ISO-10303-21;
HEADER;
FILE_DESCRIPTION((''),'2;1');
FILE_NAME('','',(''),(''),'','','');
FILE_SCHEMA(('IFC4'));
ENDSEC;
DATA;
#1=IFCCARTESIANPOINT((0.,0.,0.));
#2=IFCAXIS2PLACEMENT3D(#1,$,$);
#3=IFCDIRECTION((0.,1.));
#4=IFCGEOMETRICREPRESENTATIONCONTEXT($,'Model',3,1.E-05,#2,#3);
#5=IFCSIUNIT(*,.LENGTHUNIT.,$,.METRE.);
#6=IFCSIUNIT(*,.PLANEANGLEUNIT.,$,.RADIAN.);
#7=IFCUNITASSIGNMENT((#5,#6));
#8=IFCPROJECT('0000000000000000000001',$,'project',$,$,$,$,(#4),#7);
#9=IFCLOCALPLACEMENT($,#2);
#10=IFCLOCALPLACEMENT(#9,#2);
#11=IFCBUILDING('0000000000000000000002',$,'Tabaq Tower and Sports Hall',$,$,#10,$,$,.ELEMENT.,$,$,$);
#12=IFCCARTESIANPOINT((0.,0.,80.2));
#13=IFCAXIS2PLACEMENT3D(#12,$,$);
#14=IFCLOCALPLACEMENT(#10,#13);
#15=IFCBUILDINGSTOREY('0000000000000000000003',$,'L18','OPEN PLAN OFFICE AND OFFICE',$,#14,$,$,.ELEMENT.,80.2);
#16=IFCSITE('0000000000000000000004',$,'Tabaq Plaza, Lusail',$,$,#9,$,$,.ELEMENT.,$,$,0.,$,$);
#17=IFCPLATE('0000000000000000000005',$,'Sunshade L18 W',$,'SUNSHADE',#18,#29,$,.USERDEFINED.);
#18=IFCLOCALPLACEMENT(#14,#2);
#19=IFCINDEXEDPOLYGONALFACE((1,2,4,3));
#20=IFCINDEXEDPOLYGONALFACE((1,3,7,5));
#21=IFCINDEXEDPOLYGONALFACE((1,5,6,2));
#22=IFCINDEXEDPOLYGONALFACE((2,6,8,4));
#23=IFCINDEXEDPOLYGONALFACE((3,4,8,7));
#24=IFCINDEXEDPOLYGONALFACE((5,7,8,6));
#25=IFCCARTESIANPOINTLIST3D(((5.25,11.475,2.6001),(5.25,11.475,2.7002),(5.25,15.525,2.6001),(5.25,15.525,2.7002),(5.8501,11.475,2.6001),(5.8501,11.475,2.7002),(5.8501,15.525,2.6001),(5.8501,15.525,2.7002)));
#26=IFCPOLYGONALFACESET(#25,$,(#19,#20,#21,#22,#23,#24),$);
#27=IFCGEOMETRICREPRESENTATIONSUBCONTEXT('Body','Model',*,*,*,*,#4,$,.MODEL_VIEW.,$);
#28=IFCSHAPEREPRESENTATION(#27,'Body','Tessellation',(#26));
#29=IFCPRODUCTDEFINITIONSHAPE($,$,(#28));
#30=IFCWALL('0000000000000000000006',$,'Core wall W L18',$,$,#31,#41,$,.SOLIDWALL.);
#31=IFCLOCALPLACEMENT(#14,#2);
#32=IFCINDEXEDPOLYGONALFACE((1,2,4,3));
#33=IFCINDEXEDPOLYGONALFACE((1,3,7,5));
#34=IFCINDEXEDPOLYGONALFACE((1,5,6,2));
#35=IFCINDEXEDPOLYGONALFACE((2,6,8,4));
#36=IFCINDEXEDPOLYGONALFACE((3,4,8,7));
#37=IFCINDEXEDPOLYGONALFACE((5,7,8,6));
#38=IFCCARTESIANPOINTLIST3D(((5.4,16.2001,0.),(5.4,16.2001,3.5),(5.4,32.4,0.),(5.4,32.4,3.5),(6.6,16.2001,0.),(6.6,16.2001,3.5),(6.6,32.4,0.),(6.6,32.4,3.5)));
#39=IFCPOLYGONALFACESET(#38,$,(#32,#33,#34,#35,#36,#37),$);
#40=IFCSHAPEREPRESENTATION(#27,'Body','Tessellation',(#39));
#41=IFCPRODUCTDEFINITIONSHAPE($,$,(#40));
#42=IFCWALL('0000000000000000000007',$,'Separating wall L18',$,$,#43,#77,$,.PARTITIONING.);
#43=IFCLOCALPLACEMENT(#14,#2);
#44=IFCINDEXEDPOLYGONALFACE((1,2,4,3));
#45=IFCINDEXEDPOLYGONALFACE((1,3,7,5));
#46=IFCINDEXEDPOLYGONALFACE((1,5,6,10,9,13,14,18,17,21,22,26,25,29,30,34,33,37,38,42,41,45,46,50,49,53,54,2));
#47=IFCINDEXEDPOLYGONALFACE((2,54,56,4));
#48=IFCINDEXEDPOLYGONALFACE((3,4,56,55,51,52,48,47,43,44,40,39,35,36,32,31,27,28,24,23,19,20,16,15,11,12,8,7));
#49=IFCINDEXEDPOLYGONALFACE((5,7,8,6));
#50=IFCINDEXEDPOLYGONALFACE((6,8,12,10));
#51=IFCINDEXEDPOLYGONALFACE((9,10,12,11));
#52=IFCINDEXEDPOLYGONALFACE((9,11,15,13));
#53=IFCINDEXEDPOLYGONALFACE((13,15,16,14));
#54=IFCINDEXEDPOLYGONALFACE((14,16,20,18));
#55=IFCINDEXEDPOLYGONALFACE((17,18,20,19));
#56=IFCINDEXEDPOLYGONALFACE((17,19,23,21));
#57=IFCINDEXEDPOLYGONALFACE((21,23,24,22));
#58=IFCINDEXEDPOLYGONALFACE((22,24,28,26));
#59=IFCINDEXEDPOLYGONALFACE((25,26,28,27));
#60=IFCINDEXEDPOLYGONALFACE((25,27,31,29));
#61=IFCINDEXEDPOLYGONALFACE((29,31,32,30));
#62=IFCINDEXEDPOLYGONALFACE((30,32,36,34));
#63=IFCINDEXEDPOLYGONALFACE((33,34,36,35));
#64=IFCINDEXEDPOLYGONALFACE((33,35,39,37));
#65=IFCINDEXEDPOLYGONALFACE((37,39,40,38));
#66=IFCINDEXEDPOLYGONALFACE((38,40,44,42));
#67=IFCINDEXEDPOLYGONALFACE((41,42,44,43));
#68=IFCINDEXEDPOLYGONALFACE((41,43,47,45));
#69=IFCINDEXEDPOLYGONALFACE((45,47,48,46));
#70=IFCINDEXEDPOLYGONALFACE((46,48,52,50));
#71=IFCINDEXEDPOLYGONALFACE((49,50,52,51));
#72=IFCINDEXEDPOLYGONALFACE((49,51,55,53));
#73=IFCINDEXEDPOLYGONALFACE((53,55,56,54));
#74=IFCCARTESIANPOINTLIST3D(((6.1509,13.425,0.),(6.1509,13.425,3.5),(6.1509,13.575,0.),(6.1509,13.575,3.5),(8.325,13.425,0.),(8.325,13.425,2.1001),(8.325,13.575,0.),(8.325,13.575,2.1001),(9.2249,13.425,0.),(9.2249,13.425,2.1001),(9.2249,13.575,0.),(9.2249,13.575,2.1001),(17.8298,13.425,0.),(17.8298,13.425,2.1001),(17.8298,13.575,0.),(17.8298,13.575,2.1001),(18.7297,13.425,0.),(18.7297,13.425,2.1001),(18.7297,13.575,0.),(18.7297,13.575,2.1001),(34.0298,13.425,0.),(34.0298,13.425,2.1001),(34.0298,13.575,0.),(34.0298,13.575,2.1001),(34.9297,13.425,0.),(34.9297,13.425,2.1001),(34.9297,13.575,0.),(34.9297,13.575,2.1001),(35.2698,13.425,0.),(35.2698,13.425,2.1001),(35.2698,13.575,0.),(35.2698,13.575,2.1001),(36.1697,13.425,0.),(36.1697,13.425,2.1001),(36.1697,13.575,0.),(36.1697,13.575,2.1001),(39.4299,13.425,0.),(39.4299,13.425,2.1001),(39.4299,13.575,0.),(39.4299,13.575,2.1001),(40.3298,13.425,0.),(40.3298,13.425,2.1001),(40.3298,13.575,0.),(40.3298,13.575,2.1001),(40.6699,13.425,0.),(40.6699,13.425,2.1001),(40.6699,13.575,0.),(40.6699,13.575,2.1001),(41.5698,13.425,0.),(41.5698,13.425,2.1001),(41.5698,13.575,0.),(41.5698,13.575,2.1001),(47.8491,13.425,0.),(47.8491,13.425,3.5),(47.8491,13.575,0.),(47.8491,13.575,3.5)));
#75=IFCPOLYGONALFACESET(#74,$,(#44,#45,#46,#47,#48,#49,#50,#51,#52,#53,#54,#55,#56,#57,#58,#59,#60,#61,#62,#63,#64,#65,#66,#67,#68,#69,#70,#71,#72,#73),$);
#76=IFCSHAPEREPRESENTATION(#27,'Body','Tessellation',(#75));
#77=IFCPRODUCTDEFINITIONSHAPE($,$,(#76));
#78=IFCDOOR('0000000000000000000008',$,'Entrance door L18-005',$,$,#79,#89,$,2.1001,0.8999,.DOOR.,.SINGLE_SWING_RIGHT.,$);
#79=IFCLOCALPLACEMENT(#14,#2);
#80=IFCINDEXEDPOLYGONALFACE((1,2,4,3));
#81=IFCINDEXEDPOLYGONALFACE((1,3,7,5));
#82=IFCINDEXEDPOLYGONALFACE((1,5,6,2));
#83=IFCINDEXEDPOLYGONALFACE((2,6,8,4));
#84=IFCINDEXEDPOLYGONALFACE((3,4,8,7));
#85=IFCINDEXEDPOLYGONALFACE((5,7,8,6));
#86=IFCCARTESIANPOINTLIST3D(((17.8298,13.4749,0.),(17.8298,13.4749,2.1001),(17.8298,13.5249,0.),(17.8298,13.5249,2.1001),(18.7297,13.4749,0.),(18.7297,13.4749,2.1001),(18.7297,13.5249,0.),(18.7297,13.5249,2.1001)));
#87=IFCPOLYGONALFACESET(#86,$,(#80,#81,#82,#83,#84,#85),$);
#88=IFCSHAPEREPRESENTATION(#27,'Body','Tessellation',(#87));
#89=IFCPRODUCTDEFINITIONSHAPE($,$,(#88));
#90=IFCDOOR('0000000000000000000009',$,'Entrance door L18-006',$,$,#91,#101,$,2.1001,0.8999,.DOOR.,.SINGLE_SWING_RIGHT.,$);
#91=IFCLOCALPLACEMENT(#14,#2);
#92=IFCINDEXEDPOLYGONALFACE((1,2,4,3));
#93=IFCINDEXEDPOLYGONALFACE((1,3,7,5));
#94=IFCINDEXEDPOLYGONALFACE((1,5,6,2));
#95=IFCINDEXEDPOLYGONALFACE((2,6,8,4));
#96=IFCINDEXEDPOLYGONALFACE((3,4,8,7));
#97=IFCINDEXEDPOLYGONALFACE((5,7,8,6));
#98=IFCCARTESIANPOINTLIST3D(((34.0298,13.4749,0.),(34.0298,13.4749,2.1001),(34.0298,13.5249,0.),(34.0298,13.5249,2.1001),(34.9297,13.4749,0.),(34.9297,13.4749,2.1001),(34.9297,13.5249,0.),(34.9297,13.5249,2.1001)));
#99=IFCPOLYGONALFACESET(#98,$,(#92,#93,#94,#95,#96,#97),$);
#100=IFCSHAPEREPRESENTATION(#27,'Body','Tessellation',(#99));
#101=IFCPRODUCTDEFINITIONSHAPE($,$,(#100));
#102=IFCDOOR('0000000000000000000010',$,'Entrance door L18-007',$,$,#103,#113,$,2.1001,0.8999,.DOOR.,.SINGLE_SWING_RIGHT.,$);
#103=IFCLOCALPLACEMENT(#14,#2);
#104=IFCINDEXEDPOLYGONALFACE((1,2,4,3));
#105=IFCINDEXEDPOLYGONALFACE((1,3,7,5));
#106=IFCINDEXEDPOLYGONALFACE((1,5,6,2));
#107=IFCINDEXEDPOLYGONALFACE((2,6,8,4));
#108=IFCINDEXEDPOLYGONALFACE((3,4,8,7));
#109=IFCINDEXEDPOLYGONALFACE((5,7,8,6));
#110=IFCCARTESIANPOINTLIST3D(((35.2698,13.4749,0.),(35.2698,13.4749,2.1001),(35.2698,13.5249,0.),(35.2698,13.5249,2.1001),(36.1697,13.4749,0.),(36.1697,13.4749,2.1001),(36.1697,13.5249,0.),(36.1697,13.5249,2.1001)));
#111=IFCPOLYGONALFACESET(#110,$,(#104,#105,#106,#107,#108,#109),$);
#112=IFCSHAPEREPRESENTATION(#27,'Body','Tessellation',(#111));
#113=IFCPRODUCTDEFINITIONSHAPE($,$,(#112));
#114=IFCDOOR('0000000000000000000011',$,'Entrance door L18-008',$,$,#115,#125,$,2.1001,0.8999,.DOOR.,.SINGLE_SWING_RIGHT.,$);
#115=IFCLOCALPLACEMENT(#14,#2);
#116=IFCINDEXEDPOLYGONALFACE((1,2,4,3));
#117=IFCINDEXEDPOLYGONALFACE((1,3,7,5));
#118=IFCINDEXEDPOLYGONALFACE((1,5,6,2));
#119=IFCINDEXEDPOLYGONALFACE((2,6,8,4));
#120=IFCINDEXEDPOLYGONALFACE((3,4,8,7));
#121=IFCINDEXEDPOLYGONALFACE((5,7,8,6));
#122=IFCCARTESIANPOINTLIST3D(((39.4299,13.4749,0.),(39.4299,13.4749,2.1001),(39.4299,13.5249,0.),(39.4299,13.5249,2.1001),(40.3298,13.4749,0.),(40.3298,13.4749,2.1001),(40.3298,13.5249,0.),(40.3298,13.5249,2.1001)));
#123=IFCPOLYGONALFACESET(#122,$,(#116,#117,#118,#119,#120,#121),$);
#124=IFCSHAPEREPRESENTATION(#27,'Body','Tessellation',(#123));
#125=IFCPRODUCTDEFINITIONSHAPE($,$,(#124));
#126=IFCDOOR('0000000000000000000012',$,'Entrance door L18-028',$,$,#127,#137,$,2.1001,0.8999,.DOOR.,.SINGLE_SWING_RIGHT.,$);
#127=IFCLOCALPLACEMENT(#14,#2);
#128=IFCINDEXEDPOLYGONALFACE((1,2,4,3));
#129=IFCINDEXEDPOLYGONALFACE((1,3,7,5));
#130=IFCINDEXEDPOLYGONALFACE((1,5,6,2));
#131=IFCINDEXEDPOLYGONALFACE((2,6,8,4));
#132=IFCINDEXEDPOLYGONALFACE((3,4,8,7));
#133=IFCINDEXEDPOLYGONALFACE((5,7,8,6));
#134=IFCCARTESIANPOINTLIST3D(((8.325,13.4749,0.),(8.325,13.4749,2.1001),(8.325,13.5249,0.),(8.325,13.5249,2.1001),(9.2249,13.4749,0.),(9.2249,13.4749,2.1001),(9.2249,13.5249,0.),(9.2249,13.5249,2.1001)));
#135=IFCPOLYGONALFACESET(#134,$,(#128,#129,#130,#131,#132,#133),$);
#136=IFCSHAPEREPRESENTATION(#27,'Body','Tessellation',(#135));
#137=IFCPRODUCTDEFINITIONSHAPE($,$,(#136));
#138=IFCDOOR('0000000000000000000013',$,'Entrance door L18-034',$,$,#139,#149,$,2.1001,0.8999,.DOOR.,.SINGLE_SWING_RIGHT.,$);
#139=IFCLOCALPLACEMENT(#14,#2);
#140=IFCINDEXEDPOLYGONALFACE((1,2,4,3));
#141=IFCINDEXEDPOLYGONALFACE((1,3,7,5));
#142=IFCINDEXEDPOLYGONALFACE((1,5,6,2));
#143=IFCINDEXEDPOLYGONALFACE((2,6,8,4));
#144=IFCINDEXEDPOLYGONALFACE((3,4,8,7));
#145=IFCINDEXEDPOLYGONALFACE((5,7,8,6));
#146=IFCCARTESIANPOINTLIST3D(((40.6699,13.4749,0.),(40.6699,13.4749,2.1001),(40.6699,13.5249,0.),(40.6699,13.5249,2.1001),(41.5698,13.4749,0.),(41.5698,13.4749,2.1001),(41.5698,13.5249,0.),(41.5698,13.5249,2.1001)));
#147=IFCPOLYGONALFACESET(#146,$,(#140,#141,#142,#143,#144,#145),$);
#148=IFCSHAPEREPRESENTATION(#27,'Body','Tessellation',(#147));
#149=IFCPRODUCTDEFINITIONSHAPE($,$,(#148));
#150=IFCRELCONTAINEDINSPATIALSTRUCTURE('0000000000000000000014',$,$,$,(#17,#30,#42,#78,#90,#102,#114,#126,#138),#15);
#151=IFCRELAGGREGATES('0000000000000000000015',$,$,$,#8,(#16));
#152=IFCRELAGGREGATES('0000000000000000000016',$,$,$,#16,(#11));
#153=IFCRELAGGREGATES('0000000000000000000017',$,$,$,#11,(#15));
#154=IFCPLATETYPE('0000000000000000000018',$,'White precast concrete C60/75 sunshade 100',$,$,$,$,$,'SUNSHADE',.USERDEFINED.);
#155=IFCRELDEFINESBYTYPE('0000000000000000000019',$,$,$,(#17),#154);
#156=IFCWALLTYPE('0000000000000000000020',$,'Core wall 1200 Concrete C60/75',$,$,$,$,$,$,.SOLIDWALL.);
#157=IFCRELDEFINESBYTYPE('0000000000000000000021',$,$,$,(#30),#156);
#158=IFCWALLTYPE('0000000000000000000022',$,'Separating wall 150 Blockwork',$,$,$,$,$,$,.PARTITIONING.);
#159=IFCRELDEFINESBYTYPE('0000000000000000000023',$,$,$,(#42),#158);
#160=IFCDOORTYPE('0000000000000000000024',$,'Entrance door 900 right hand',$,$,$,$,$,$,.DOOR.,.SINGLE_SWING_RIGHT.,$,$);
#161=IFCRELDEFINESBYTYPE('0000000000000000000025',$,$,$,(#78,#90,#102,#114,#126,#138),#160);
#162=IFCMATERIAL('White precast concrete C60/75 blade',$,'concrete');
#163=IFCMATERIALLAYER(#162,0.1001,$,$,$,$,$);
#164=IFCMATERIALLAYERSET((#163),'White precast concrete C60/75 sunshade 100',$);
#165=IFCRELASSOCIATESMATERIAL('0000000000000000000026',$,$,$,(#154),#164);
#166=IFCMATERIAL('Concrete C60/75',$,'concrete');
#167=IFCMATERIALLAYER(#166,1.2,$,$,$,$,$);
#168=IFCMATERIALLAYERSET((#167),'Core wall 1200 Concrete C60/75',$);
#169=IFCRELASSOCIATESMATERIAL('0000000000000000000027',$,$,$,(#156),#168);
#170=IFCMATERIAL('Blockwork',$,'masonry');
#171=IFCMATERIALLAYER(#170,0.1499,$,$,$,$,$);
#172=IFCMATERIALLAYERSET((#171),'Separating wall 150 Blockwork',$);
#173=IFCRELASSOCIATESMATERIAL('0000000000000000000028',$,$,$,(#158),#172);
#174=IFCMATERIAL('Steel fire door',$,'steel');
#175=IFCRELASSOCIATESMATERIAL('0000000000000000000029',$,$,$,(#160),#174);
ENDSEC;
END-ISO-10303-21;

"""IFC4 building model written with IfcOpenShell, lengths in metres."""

from ifc_helpers import new_model, si_unit, direction, frame, frame_2d, origin, origin_2d, place, context, subcontext, project, spatial, rectangle, extrude, material, layer, layer_set, type_object, element, fill, save


model = new_model("IFC4")

# Units and contexts
model_context = context("Model", 3, precision=1e-05, world=origin(), true_north=direction((0.0, 1.0)))
body_context = subcontext(model_context, "Body", "Model", "MODEL_VIEW")
ifc_project = project(units=[si_unit("LENGTHUNIT", "METRE"), si_unit("PLANEANGLEUNIT", "RADIAN")], contexts=[model_context])

# Site, building, storey
site_placement = place(None, origin())
site = spatial("IfcSite", under=ifc_project, at=site_placement, Name="Tabaq Plaza, Lusail", CompositionType="ELEMENT", RefElevation=0.0)
building_placement = place(site_placement, origin())
building = spatial("IfcBuilding", under=site, at=building_placement, Name="Tabaq Tower and Sports Hall", CompositionType="ELEMENT")
storey_placement = place(building_placement, frame((0.0, 0.0, 80.2)))
storey = spatial("IfcBuildingStorey", under=building, at=storey_placement, Name="L18", Description="OPEN PLAN OFFICE AND OFFICE", CompositionType="ELEMENT", Elevation=80.2)

# Plate
ifc_material_1 = material(Name="White precast concrete C60/75 blade", Category="concrete")
ifc_layer_1 = layer(ifc_material_1, 0.1001)
ifc_layer_set_1 = layer_set([ifc_layer_1], Name="White precast concrete C60/75 sunshade 100")
plate_type = type_object("IfcPlateType", Name="White precast concrete C60/75 sunshade 100", ElementType="SUNSHADE", PredefinedType="USERDEFINED", material=ifc_layer_set_1)
plate_placement = place(storey_placement, frame((5.55, 13.5, 2.6001), z_axis=(0.0, 0.0, 1.0), x_axis=(0.0, -1.0, 0.0)))
element("IfcPlate", 1, at=plate_placement, inside=storey, type_object=plate_type, Name="Sunshade L18 W", ObjectType="SUNSHADE", PredefinedType="USERDEFINED", context=body_context, shape_type="SweptSolid", body=[
    extrude(rectangle(XDim=4.05, YDim=0.6001, at=origin_2d()), origin(), (0.0, 0.0, 1.0), 0.1001),
])

# Wall
ifc_material_2 = material(Name="Concrete C60/75", Category="concrete")
ifc_layer_2 = layer(ifc_material_2, 1.2)
ifc_layer_set_2 = layer_set([ifc_layer_2], Name="Core wall 1200 Concrete C60/75")
wall_type_1 = type_object("IfcWallType", Name="Core wall 1200 Concrete C60/75", PredefinedType="SOLIDWALL", material=ifc_layer_set_2)
wall_1_placement = place(storey_placement, frame((6.0, 16.2, 0.0), z_axis=(0.0, 0.0, 1.0), x_axis=(0.0, 1.0, 0.0)))
element("IfcWall", 2, at=wall_1_placement, inside=storey, type_object=wall_type_1, Name="Core wall W L18", PredefinedType="SOLIDWALL", context=body_context, shape_type="SweptSolid", body=[
    extrude(rectangle(XDim=16.2, YDim=1.2, at=frame_2d((8.1001, 0.0))), origin(), (0.0, 0.0, 1.0), 3.5),
])

# Wall, openings, doors
ifc_material_3 = material(Name="Blockwork", Category="masonry")
ifc_layer_3 = layer(ifc_material_3, 0.1499)
ifc_layer_set_3 = layer_set([ifc_layer_3], Name="Separating wall 150 Blockwork")
wall_type_2 = type_object("IfcWallType", Name="Separating wall 150 Blockwork", PredefinedType="PARTITIONING", material=ifc_layer_set_3)
wall_2_placement = place(storey_placement, frame((6.1509, 13.5, 0.0), z_axis=(0.0, 0.0, 1.0), x_axis=(1.0, 0.0, 0.0)))
wall_2 = element("IfcWall", 3, at=wall_2_placement, inside=storey, type_object=wall_type_2, Name="Separating wall L18", PredefinedType="PARTITIONING", context=body_context, shape_type="SweptSolid", body=[
    extrude(rectangle(XDim=41.6982, YDim=0.1499, at=frame_2d((20.8491, 0.0))), origin(), (0.0, 0.0, 1.0), 3.5),
])
opening_1_placement = place(wall_2_placement, frame((11.679, 0.0, 0.0)))
opening_1 = element("IfcOpeningElement", 4, at=opening_1_placement, cuts=wall_2, PredefinedType="OPENING", context=body_context, shape_type="SweptSolid", body=[
    extrude(rectangle(XDim=0.8999, YDim=2.1001, at=frame_2d((0.45, 1.05))), frame((0.0, 0.075, 0.0), z_axis=(0.0, -1.0, 0.0), x_axis=(1.0, 0.0, 0.0)), (0.0, 0.0, 1.0), 0.1499),
])
opening_2_placement = place(wall_2_placement, frame((27.8789, 0.0, 0.0)))
opening_2 = element("IfcOpeningElement", 5, at=opening_2_placement, cuts=wall_2, PredefinedType="OPENING", context=body_context, shape_type="SweptSolid", body=[
    extrude(rectangle(XDim=0.8999, YDim=2.1001, at=frame_2d((0.45, 1.05))), frame((0.0, 0.075, 0.0), z_axis=(0.0, -1.0, 0.0), x_axis=(1.0, 0.0, 0.0)), (0.0, 0.0, 1.0), 0.1499),
])
opening_3_placement = place(wall_2_placement, frame((29.1189, 0.0, 0.0)))
opening_3 = element("IfcOpeningElement", 6, at=opening_3_placement, cuts=wall_2, PredefinedType="OPENING", context=body_context, shape_type="SweptSolid", body=[
    extrude(rectangle(XDim=0.8999, YDim=2.1001, at=frame_2d((0.45, 1.05))), frame((0.0, 0.075, 0.0), z_axis=(0.0, -1.0, 0.0), x_axis=(1.0, 0.0, 0.0)), (0.0, 0.0, 1.0), 0.1499),
])
opening_4_placement = place(wall_2_placement, frame((33.2791, 0.0, 0.0)))
opening_4 = element("IfcOpeningElement", 7, at=opening_4_placement, cuts=wall_2, PredefinedType="OPENING", context=body_context, shape_type="SweptSolid", body=[
    extrude(rectangle(XDim=0.8999, YDim=2.1001, at=frame_2d((0.45, 1.05))), frame((0.0, 0.075, 0.0), z_axis=(0.0, -1.0, 0.0), x_axis=(1.0, 0.0, 0.0)), (0.0, 0.0, 1.0), 0.1499),
])
opening_5_placement = place(wall_2_placement, frame((2.1741, 0.0, 0.0)))
opening_5 = element("IfcOpeningElement", 8, at=opening_5_placement, cuts=wall_2, PredefinedType="OPENING", context=body_context, shape_type="SweptSolid", body=[
    extrude(rectangle(XDim=0.8999, YDim=2.1001, at=frame_2d((0.45, 1.05))), frame((0.0, 0.075, 0.0), z_axis=(0.0, -1.0, 0.0), x_axis=(1.0, 0.0, 0.0)), (0.0, 0.0, 1.0), 0.1499),
])
opening_6_placement = place(wall_2_placement, frame((34.519, 0.0, 0.0)))
opening_6 = element("IfcOpeningElement", 9, at=opening_6_placement, cuts=wall_2, PredefinedType="OPENING", context=body_context, shape_type="SweptSolid", body=[
    extrude(rectangle(XDim=0.8999, YDim=2.1001, at=frame_2d((0.45, 1.05))), frame((0.0, 0.075, 0.0), z_axis=(0.0, -1.0, 0.0), x_axis=(1.0, 0.0, 0.0)), (0.0, 0.0, 1.0), 0.1499),
])
ifc_material_4 = material(Name="Steel fire door", Category="steel")
door_type_1 = type_object("IfcDoorType", Name="Entrance door 900 right hand", OperationType="SINGLE_SWING_RIGHT", PredefinedType="DOOR", material=ifc_material_4)
door_1_placement = place(opening_1_placement, origin())
door_1 = element("IfcDoor", 10, at=door_1_placement, inside=storey, type_object=door_type_1, Name="Entrance door L18-005", OperationType="SINGLE_SWING_RIGHT", OverallHeight=2.1001, OverallWidth=0.8999, PredefinedType="DOOR", context=body_context, shape_type="SweptSolid", body=[
    extrude(rectangle(XDim=0.8999, YDim=2.1001, at=frame_2d((0.45, 1.05))), frame((0.0, 0.0249, 0.0), z_axis=(0.0, -1.0, 0.0), x_axis=(1.0, 0.0, 0.0)), (0.0, 0.0, 1.0), 0.05),
])
fill(opening_1, door_1)
door_2_placement = place(opening_2_placement, origin())
door_2 = element("IfcDoor", 11, at=door_2_placement, inside=storey, type_object=door_type_1, Name="Entrance door L18-006", OperationType="SINGLE_SWING_RIGHT", OverallHeight=2.1001, OverallWidth=0.8999, PredefinedType="DOOR", context=body_context, shape_type="SweptSolid", body=[
    extrude(rectangle(XDim=0.8999, YDim=2.1001, at=frame_2d((0.45, 1.05))), frame((0.0, 0.0249, 0.0), z_axis=(0.0, -1.0, 0.0), x_axis=(1.0, 0.0, 0.0)), (0.0, 0.0, 1.0), 0.05),
])
fill(opening_2, door_2)
door_3_placement = place(opening_3_placement, origin())
door_3 = element("IfcDoor", 12, at=door_3_placement, inside=storey, type_object=door_type_1, Name="Entrance door L18-007", OperationType="SINGLE_SWING_RIGHT", OverallHeight=2.1001, OverallWidth=0.8999, PredefinedType="DOOR", context=body_context, shape_type="SweptSolid", body=[
    extrude(rectangle(XDim=0.8999, YDim=2.1001, at=frame_2d((0.45, 1.05))), frame((0.0, 0.0249, 0.0), z_axis=(0.0, -1.0, 0.0), x_axis=(1.0, 0.0, 0.0)), (0.0, 0.0, 1.0), 0.05),
])
fill(opening_3, door_3)
door_4_placement = place(opening_4_placement, origin())
door_4 = element("IfcDoor", 13, at=door_4_placement, inside=storey, type_object=door_type_1, Name="Entrance door L18-008", OperationType="SINGLE_SWING_RIGHT", OverallHeight=2.1001, OverallWidth=0.8999, PredefinedType="DOOR", context=body_context, shape_type="SweptSolid", body=[
    extrude(rectangle(XDim=0.8999, YDim=2.1001, at=frame_2d((0.45, 1.05))), frame((0.0, 0.0249, 0.0), z_axis=(0.0, -1.0, 0.0), x_axis=(1.0, 0.0, 0.0)), (0.0, 0.0, 1.0), 0.05),
])
fill(opening_4, door_4)
door_5_placement = place(opening_5_placement, origin())
door_5 = element("IfcDoor", 14, at=door_5_placement, inside=storey, type_object=door_type_1, Name="Entrance door L18-028", OperationType="SINGLE_SWING_RIGHT", OverallHeight=2.1001, OverallWidth=0.8999, PredefinedType="DOOR", context=body_context, shape_type="SweptSolid", body=[
    extrude(rectangle(XDim=0.8999, YDim=2.1001, at=frame_2d((0.45, 1.05))), frame((0.0, 0.0249, 0.0), z_axis=(0.0, -1.0, 0.0), x_axis=(1.0, 0.0, 0.0)), (0.0, 0.0, 1.0), 0.05),
])
fill(opening_5, door_5)
door_6_placement = place(opening_6_placement, origin())
door_6 = element("IfcDoor", 15, at=door_6_placement, inside=storey, type_object=door_type_1, Name="Entrance door L18-034", OperationType="SINGLE_SWING_RIGHT", OverallHeight=2.1001, OverallWidth=0.8999, PredefinedType="DOOR", context=body_context, shape_type="SweptSolid", body=[
    extrude(rectangle(XDim=0.8999, YDim=2.1001, at=frame_2d((0.45, 1.05))), frame((0.0, 0.0249, 0.0), z_axis=(0.0, -1.0, 0.0), x_axis=(1.0, 0.0, 0.0)), (0.0, 0.0, 1.0), 0.05),
])
fill(opening_6, door_6)

save(model, "model.ifc")
